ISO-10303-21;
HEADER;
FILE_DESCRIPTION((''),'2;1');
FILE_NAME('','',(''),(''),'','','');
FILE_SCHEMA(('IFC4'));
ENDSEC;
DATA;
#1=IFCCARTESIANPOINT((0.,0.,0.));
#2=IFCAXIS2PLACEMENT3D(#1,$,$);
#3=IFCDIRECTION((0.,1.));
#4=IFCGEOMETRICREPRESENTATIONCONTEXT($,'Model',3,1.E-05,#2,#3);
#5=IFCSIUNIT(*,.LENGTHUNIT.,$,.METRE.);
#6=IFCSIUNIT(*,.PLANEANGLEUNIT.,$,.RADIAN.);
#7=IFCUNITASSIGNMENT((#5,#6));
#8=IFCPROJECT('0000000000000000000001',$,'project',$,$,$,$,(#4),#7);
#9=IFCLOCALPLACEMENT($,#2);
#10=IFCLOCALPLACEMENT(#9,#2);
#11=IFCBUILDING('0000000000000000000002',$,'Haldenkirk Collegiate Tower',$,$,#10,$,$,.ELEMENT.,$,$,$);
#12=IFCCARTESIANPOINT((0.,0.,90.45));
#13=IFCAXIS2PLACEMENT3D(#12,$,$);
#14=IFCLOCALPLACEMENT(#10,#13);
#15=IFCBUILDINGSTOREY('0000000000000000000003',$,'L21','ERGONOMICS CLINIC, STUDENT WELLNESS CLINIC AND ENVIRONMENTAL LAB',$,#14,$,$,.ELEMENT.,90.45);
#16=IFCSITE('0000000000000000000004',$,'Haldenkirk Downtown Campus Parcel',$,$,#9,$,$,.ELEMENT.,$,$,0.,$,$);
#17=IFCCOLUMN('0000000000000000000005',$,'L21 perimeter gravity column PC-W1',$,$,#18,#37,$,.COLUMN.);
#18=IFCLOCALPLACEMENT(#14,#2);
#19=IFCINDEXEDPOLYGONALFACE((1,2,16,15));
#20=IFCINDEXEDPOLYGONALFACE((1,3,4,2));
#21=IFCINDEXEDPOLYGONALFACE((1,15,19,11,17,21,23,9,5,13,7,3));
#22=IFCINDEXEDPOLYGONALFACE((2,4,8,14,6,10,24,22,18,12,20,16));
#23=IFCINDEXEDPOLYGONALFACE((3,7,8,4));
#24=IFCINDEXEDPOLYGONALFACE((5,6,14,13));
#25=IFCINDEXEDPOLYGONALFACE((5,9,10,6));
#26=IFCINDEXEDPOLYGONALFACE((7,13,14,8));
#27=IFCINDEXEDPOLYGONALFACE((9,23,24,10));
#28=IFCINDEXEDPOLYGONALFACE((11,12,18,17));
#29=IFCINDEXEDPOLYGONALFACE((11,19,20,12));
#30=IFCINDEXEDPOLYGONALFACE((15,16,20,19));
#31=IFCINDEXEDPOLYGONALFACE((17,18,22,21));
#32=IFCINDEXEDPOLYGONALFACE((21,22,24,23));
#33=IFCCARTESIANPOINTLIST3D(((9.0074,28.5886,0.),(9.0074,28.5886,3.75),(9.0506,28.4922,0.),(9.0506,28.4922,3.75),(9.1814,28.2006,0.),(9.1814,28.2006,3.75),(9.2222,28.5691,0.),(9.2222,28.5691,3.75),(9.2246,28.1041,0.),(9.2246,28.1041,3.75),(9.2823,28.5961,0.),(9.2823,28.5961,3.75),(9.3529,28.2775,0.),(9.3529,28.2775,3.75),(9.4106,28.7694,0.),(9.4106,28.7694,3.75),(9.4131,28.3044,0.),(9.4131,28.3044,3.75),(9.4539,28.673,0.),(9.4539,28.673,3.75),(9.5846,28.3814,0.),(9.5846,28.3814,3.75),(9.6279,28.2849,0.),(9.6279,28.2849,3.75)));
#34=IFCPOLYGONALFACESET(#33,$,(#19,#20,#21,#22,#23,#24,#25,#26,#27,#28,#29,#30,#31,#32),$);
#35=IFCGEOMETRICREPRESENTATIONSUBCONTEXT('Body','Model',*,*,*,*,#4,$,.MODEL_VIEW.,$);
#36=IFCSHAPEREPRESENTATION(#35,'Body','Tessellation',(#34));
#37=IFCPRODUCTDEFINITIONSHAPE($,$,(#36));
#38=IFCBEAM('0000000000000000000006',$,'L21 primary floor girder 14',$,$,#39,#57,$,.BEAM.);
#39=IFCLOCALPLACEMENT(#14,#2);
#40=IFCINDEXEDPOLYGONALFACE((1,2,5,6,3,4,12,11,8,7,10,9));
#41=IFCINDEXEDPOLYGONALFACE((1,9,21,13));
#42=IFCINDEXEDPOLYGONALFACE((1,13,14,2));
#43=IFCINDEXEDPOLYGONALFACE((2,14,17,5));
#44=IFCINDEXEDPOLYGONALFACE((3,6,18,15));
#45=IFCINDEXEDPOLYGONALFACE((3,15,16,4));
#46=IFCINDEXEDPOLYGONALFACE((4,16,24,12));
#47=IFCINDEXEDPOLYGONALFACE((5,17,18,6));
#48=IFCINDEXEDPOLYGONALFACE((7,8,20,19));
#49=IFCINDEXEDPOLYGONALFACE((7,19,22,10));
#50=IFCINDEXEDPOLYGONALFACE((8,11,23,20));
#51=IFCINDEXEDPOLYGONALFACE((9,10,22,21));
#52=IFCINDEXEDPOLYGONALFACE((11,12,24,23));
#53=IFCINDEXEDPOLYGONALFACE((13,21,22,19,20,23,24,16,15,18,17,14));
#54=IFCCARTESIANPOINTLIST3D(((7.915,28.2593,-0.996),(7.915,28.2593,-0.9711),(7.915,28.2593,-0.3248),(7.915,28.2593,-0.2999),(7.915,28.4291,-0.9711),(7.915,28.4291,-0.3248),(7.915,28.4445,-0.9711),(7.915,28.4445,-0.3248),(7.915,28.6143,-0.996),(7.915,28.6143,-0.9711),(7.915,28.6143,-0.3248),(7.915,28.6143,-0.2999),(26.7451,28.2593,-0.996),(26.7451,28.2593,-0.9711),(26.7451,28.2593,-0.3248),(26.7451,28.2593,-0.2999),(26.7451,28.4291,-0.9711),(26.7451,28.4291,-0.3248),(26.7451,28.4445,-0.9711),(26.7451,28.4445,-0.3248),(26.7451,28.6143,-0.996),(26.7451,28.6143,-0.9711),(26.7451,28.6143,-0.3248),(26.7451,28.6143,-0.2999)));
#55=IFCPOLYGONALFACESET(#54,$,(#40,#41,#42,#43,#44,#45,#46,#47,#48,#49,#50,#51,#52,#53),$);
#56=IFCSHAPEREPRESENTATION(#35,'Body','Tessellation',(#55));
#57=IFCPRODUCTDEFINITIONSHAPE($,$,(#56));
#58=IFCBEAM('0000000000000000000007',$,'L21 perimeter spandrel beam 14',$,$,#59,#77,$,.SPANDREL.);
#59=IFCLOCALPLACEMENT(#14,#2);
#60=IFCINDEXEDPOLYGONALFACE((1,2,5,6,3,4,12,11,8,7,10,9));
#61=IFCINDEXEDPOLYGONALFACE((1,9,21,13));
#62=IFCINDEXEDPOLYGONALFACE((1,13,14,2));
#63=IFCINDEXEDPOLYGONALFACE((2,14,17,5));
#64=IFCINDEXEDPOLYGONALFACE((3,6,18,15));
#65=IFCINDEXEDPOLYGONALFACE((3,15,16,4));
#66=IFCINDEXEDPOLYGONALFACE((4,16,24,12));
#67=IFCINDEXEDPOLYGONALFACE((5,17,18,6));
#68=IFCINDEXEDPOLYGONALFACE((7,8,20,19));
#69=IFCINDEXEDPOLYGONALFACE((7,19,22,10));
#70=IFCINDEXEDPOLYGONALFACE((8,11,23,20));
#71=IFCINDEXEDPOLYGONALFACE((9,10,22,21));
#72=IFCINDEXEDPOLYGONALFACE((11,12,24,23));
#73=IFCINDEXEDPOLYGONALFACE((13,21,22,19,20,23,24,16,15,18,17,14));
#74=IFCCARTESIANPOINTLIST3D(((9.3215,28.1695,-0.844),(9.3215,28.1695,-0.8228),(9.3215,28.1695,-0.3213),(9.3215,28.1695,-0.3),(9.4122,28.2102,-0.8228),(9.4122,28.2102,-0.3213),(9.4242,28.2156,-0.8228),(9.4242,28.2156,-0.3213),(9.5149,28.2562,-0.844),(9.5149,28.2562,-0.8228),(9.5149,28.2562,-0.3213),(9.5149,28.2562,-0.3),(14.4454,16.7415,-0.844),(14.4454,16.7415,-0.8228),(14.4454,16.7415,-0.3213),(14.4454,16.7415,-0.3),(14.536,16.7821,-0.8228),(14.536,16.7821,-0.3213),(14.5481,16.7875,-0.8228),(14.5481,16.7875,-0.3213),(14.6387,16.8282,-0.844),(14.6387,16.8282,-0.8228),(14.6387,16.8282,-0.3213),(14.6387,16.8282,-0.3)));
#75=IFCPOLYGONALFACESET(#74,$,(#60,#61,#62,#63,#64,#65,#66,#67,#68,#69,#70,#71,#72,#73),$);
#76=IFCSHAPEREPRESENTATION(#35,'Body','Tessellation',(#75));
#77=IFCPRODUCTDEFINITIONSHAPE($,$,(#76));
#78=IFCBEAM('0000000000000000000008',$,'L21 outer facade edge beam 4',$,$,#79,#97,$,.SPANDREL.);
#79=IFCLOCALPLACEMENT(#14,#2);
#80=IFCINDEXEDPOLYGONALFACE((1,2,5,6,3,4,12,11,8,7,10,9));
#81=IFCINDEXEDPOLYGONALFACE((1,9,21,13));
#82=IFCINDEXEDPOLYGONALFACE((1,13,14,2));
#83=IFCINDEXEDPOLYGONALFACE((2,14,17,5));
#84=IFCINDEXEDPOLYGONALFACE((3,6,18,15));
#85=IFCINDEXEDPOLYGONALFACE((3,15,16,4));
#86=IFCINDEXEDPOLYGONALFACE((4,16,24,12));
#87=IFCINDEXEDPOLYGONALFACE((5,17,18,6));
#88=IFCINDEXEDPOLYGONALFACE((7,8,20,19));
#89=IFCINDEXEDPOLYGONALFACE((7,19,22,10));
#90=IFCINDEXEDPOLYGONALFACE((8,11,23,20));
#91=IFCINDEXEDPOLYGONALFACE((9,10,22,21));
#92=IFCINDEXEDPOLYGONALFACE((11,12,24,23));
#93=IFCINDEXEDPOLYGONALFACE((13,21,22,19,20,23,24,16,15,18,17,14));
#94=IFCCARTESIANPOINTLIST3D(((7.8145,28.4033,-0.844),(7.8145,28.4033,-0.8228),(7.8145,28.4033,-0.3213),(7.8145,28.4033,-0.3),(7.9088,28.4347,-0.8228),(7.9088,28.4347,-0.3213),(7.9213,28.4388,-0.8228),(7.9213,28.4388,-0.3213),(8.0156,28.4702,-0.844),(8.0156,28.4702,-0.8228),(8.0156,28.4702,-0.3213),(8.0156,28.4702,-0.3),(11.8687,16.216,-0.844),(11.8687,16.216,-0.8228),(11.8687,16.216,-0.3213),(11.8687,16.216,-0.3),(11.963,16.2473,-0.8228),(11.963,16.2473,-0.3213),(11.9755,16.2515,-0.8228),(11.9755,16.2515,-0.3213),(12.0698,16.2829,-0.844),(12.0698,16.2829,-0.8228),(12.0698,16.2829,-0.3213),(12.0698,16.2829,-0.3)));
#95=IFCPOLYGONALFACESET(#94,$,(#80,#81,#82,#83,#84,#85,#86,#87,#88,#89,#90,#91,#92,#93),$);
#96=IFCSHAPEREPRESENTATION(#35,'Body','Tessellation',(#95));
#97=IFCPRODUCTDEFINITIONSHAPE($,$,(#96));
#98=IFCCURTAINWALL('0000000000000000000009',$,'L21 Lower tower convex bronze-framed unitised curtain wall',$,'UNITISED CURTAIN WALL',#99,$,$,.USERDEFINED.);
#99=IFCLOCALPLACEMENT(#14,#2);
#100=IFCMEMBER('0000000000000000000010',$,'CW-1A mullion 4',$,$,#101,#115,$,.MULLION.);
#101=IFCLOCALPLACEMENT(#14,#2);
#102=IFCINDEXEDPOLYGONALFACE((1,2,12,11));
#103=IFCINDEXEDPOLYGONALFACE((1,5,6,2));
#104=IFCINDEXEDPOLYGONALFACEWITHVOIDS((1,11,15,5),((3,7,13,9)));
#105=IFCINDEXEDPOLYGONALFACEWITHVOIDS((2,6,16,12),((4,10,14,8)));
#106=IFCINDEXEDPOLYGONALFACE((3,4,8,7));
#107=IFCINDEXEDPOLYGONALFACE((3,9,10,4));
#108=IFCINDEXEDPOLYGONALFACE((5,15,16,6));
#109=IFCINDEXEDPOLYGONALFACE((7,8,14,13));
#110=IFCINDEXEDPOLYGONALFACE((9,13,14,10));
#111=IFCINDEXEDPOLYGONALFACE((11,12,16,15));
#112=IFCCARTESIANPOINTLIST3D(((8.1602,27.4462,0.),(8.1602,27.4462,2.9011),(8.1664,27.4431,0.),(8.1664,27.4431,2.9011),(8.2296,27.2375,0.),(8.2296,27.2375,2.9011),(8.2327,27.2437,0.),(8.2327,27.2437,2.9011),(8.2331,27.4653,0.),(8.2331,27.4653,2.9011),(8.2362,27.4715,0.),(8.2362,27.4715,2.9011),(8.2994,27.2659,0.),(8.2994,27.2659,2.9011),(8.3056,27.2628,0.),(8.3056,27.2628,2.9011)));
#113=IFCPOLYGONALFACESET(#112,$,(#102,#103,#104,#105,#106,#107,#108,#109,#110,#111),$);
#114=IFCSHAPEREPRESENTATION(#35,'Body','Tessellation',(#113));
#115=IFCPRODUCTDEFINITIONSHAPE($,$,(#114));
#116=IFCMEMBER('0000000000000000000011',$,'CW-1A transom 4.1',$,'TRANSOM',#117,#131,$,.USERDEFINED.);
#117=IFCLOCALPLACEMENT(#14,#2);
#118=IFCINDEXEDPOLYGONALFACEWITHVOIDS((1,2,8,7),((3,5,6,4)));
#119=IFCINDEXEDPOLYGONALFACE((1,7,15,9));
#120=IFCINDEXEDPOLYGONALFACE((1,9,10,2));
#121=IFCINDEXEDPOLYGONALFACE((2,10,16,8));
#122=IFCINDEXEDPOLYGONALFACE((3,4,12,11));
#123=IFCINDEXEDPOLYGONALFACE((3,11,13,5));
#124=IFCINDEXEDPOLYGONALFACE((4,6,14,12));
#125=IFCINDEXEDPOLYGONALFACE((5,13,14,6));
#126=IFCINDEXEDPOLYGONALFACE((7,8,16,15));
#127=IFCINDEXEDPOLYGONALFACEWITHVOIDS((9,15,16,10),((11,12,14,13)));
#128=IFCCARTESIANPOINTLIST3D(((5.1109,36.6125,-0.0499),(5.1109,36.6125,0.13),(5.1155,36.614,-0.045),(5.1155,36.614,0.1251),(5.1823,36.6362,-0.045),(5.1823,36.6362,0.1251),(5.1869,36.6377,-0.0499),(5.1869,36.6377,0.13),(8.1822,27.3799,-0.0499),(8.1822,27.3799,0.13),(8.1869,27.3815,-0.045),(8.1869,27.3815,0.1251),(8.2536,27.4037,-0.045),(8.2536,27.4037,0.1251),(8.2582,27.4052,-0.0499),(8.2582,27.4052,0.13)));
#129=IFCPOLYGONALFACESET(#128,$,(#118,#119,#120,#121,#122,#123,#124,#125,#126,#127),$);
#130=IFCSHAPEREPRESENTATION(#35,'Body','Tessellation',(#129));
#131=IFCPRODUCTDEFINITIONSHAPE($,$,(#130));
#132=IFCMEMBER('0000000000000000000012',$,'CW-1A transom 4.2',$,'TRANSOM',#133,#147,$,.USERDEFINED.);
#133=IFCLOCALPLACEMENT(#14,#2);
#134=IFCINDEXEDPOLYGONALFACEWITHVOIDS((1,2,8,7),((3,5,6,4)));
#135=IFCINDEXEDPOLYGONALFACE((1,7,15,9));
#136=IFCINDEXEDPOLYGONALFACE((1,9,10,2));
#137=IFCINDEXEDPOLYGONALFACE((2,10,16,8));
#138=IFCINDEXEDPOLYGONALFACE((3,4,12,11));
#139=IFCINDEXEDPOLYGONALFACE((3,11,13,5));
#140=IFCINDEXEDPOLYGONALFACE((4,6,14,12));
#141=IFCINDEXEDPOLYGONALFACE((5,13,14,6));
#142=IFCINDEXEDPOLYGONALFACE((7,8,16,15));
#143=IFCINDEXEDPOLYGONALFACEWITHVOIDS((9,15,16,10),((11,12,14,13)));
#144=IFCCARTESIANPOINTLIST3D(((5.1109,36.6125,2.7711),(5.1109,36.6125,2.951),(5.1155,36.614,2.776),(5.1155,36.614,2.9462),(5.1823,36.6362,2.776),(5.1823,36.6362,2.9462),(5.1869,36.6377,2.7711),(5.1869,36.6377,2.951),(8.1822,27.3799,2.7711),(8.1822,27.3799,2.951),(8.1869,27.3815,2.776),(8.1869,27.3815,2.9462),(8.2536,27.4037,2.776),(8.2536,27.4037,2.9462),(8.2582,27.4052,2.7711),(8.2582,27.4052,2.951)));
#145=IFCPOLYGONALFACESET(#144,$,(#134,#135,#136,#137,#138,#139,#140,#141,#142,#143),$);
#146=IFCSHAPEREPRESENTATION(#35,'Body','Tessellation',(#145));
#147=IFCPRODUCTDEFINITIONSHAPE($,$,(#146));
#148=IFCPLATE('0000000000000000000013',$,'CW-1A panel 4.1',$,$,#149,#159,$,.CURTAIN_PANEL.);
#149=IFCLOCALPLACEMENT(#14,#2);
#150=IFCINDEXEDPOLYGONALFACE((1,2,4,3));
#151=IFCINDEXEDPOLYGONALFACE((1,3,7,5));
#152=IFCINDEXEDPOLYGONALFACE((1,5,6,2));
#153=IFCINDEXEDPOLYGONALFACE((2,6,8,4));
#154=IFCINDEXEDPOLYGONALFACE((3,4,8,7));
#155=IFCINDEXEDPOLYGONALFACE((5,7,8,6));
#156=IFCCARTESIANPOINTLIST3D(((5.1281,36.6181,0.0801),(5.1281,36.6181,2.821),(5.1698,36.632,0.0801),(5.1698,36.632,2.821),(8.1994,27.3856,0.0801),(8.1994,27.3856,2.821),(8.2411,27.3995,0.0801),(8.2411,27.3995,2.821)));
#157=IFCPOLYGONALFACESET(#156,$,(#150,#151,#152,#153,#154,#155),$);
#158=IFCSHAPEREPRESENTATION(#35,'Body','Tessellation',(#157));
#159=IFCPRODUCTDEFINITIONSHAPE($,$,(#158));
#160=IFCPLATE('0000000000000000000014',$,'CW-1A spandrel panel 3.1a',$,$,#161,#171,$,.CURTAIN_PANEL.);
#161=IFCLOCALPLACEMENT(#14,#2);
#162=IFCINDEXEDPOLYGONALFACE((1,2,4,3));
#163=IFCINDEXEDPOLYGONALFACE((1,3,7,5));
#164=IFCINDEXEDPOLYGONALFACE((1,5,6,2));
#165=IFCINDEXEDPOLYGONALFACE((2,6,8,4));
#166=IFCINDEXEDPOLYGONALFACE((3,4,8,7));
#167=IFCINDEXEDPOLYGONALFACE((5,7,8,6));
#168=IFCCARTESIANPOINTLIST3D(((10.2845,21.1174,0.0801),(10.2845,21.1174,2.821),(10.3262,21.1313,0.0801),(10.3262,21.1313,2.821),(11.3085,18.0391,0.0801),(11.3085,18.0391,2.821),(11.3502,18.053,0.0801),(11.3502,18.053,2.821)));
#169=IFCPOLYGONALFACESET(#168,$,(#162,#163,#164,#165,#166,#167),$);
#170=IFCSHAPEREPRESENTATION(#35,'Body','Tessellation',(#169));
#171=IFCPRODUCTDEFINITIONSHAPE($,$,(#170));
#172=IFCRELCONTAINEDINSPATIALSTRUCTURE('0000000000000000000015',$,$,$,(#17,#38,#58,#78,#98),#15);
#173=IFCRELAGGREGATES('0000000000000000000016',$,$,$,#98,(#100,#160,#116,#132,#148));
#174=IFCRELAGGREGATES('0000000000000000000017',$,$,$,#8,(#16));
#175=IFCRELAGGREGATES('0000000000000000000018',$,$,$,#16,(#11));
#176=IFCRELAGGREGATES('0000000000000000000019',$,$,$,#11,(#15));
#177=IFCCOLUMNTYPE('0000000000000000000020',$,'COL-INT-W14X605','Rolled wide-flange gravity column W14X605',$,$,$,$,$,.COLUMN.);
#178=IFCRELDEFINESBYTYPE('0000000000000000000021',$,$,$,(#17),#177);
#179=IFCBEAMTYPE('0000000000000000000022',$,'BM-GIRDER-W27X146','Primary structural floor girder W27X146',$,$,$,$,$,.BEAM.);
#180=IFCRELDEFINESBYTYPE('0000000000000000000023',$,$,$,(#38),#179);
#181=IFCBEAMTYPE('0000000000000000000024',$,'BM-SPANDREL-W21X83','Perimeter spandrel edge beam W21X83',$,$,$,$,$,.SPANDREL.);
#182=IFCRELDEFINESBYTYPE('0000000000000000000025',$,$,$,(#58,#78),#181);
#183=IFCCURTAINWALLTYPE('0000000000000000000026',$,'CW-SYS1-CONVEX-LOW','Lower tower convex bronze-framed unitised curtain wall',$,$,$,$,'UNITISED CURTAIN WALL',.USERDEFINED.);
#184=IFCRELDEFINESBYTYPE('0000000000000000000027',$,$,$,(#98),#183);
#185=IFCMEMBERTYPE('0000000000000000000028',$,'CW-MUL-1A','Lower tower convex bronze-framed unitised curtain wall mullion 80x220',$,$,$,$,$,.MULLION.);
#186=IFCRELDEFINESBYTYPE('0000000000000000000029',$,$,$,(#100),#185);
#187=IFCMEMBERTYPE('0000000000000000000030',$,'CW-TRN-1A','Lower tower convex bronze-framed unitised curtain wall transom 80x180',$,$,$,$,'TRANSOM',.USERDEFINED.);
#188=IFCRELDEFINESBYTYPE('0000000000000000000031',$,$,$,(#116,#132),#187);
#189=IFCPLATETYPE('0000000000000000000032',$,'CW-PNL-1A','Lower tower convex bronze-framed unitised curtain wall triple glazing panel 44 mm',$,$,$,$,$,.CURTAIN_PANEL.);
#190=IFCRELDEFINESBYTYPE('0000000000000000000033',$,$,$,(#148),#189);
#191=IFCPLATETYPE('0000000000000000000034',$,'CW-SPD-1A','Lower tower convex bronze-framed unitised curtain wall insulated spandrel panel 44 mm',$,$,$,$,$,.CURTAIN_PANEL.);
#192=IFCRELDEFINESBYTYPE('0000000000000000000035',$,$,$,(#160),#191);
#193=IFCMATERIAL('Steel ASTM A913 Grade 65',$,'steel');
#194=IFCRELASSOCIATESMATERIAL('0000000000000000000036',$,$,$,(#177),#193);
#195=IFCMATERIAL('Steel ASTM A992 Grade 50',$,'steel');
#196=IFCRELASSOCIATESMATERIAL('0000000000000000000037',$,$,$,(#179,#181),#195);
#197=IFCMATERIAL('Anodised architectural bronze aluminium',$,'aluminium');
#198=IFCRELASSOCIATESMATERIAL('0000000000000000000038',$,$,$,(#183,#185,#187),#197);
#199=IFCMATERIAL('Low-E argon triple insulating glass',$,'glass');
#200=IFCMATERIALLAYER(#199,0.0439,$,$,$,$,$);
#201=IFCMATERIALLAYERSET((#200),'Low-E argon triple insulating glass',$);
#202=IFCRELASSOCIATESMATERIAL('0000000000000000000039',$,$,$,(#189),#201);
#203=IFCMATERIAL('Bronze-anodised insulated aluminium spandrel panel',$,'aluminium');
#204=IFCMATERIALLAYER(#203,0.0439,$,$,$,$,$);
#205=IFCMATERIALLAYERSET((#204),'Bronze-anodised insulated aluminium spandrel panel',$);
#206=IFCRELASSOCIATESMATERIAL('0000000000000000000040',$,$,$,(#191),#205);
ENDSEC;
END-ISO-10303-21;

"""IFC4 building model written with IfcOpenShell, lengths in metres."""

from ifc_helpers import new_model, si_unit, direction, frame, origin, origin_2d, place, context, subcontext, project, spatial, rectangle, hollow_rectangle, i_section, extrude, source, transform, mapped, material, layer, layer_set, material_profile, profile_set, type_object, element, aggregate, save


model = new_model("IFC4")

# Units and contexts
model_context = context("Model", 3, precision=1e-05, world=origin(), true_north=direction((0.0, 1.0)))
body_context = subcontext(model_context, "Body", "Model", "MODEL_VIEW")
ifc_project = project(units=[si_unit("LENGTHUNIT", "METRE"), si_unit("PLANEANGLEUNIT", "RADIAN")], contexts=[model_context])

# Site, building, storey
site_placement = place(None, origin())
site = spatial("IfcSite", under=ifc_project, at=site_placement, Name="Haldenkirk Downtown Campus Parcel", CompositionType="ELEMENT", RefElevation=0.0)
building_placement = place(site_placement, origin())
building = spatial("IfcBuilding", under=site, at=building_placement, Name="Haldenkirk Collegiate Tower", CompositionType="ELEMENT")
storey_placement = place(building_placement, frame((0.0, 0.0, 90.45)))
storey = spatial("IfcBuildingStorey", under=building, at=storey_placement, Name="L21", Description="ERGONOMICS CLINIC, STUDENT WELLNESS CLINIC AND ENVIRONMENTAL LAB", CompositionType="ELEMENT", Elevation=90.45)

# Column
ifc_material_1 = material(Name="Steel ASTM A913 Grade 65", Category="steel")
ifc_material_profile_1 = material_profile(ifc_material_1, i_section(OverallWidth=0.4419, OverallDepth=0.531, WebThickness=0.0659, FlangeThickness=0.1057, at=origin_2d()), Name="W14X605")
ifc_profile_set_1 = profile_set([ifc_material_profile_1], Name="Steel ASTM A913 Grade 65")
column_type = type_object("IfcColumnType", Name="COL-INT-W14X605", Description="Rolled wide-flange gravity column W14X605", PredefinedType="COLUMN", material=ifc_profile_set_1)
column_placement = place(storey_placement, frame((9.3176, 28.4368, 0.0), z_axis=(0.0, 0.0, 1.0), x_axis=(0.912477, 0.409127, 0.0)))
element("IfcColumn", 1, at=column_placement, inside=storey, type_object=column_type, Name="L21 perimeter gravity column PC-W1", PredefinedType="COLUMN", context=body_context, shape_type="SweptSolid", body=[
    extrude(i_section(OverallWidth=0.4419, OverallDepth=0.531, WebThickness=0.0659, FlangeThickness=0.1057, at=origin_2d()), origin(), (0.0, 0.0, 1.0), 3.75),
])

# Beams
ifc_material_2 = material(Name="Steel ASTM A992 Grade 50", Category="steel")
ifc_material_profile_2 = material_profile(ifc_material_2, i_section(OverallWidth=0.355, OverallDepth=0.696, WebThickness=0.0154, FlangeThickness=0.0249, at=origin_2d()), Name="W27X146")
ifc_profile_set_2 = profile_set([ifc_material_profile_2], Name="Steel ASTM A992 Grade 50")
beam_type_1 = type_object("IfcBeamType", Name="BM-GIRDER-W27X146", Description="Primary structural floor girder W27X146", PredefinedType="BEAM", material=ifc_profile_set_2)
beam_1_placement = place(storey_placement, frame((7.915, 28.4368, -0.6479), z_axis=(1.0, 0.0, 0.0), x_axis=(0.0, 1.0, 0.0)))
element("IfcBeam", 2, at=beam_1_placement, inside=storey, type_object=beam_type_1, Name="L21 primary floor girder 14", PredefinedType="BEAM", context=body_context, shape_type="SweptSolid", body=[
    extrude(i_section(OverallWidth=0.355, OverallDepth=0.696, WebThickness=0.0154, FlangeThickness=0.0249, at=origin_2d()), origin(), (0.0, 0.0, 1.0), 18.8301),
])
ifc_material_profile_3 = material_profile(ifc_material_2, i_section(OverallWidth=0.2119, OverallDepth=0.5439, WebThickness=0.0132, FlangeThickness=0.0212, at=origin_2d()), Name="W21X83")
ifc_profile_set_3 = profile_set([ifc_material_profile_3], Name="Steel ASTM A992 Grade 50")
beam_type_2 = type_object("IfcBeamType", Name="BM-SPANDREL-W21X83", Description="Perimeter spandrel edge beam W21X83", PredefinedType="SPANDREL", material=ifc_profile_set_3)
beam_2_placement = place(storey_placement, frame((9.4182, 28.2129, -0.572), z_axis=(0.409115, -0.912483, 0.0), x_axis=(0.912483, 0.409115, 0.0)))
element("IfcBeam", 3, at=beam_2_placement, inside=storey, type_object=beam_type_2, Name="L21 perimeter spandrel beam 14", PredefinedType="SPANDREL", context=body_context, shape_type="SweptSolid", body=[
    extrude(i_section(OverallWidth=0.2119, OverallDepth=0.5439, WebThickness=0.0132, FlangeThickness=0.0212, at=origin_2d()), origin(), (0.0, 0.0, 1.0), 12.5242),
])
beam_3_placement = place(storey_placement, frame((7.915, 28.4368, -0.572), z_axis=(0.315652, -0.948875, 0.0), x_axis=(0.948875, 0.315652, 0.0)))
element("IfcBeam", 4, at=beam_3_placement, inside=storey, type_object=beam_type_2, Name="L21 outer facade edge beam 4", PredefinedType="SPANDREL", context=body_context, shape_type="SweptSolid", body=[
    extrude(i_section(OverallWidth=0.2119, OverallDepth=0.5439, WebThickness=0.0132, FlangeThickness=0.0212, at=origin_2d()), origin(), (0.0, 0.0, 1.0), 12.844),
])

# Curtain wall, members, plates
ifc_material_3 = material(Name="Anodised architectural bronze aluminium", Category="aluminium")
curtain_wall_type = type_object("IfcCurtainWallType", Name="CW-SYS1-CONVEX-LOW", Description="Lower tower convex bronze-framed unitised curtain wall", ElementType="UNITISED CURTAIN WALL", PredefinedType="USERDEFINED", material=ifc_material_3)
curtain_wall_placement = place(storey_placement, origin())
curtain_wall = element("IfcCurtainWall", 5, at=curtain_wall_placement, inside=storey, type_object=curtain_wall_type, Name="L21 Lower tower convex bronze-framed unitised curtain wall", ObjectType="UNITISED CURTAIN WALL", PredefinedType="USERDEFINED")
ifc_material_profile_4 = material_profile(ifc_material_3, hollow_rectangle(XDim=0.0801, YDim=0.22, WallThickness=0.0049, at=origin_2d()), Name="CW-MUL-1A")
ifc_profile_set_4 = profile_set([ifc_material_profile_4], Name="Anodised architectural bronze aluminium")
member_type_1 = type_object("IfcMemberType", Name="CW-MUL-1A", Description="Lower tower convex bronze-framed unitised curtain wall mullion 80x220", PredefinedType="MULLION", material=ifc_profile_set_4)
member_1_placement = place(storey_placement, frame((8.2329, 27.3545, 0.0), z_axis=(0.0, 0.0, 1.0), x_axis=(-0.948876, -0.31565, 0.0)))
member_1 = element("IfcMember", 6, at=member_1_placement, type_object=member_type_1, Name="CW-1A mullion 4", PredefinedType="MULLION", context=body_context, shape_type="SweptSolid", body=[
    extrude(hollow_rectangle(XDim=0.0801, YDim=0.22, WallThickness=0.0049, at=origin_2d()), origin(), (0.0, 0.0, 1.0), 2.9011),
])
ifc_material_profile_5 = material_profile(ifc_material_3, hollow_rectangle(XDim=0.0801, YDim=0.1799, WallThickness=0.0049, at=origin_2d()), Name="CW-TRN-1A")
ifc_profile_set_5 = profile_set([ifc_material_profile_5], Name="Anodised architectural bronze aluminium")
member_type_2 = type_object("IfcMemberType", Name="CW-TRN-1A", Description="Lower tower convex bronze-framed unitised curtain wall transom 80x180", ElementType="TRANSOM", PredefinedType="USERDEFINED", material=ifc_profile_set_5)
member_2_placement = place(storey_placement, frame((8.2202, 27.3926, 0.04), z_axis=(-0.315656, 0.948874, 0.0), x_axis=(-0.948874, -0.315656, 0.0)))
member_2 = element("IfcMember", 7, at=member_2_placement, type_object=member_type_2, Name="CW-1A transom 4.1", ObjectType="TRANSOM", PredefinedType="USERDEFINED", context=body_context, shape_type="SweptSolid", body=[
    extrude(hollow_rectangle(XDim=0.0801, YDim=0.1799, WallThickness=0.0049, at=origin_2d()), origin(), (0.0, 0.0, 1.0), 9.73),
])
member_3_placement = place(storey_placement, frame((8.2202, 27.3926, 2.8611), z_axis=(-0.315656, 0.948874, 0.0), x_axis=(-0.948874, -0.315656, 0.0)))
member_3 = element("IfcMember", 8, at=member_3_placement, type_object=member_type_2, Name="CW-1A transom 4.2", ObjectType="TRANSOM", PredefinedType="USERDEFINED", context=body_context, shape_type="SweptSolid", body=[
    extrude(hollow_rectangle(XDim=0.0801, YDim=0.1799, WallThickness=0.0049, at=origin_2d()), origin(), (0.0, 0.0, 1.0), 9.73),
])
ifc_material_4 = material(Name="Low-E argon triple insulating glass", Category="glass")
ifc_layer_1 = layer(ifc_material_4, 0.0439)
ifc_layer_set_1 = layer_set([ifc_layer_1], Name="Low-E argon triple insulating glass")
plate_type_1 = type_object("IfcPlateType", Name="CW-PNL-1A", Description="Lower tower convex bronze-framed unitised curtain wall triple glazing panel 44 mm", PredefinedType="CURTAIN_PANEL", material=ifc_layer_set_1)
shared_shape_1 = source(origin(), body_context, "Body", "SweptSolid", [
    extrude(rectangle(XDim=9.73, YDim=0.0439, at=origin_2d()), origin(), (0.0, 0.0, 1.0), 2.741),
])
plate_1_placement = place(storey_placement, frame((6.6846, 32.0088, 0.0801), z_axis=(0.0, 0.0, 1.0), x_axis=(-0.31565, 0.948876, 0.0)))
plate_1 = element("IfcPlate", 9, at=plate_1_placement, type_object=plate_type_1, Name="CW-1A panel 4.1", PredefinedType="CURTAIN_PANEL", context=body_context, shape_type="MappedRepresentation", body=[
    mapped(shared_shape_1, transform((0.0, 0.0, 0.0), x_axis=(1.0, 0.0, 0.0), y_axis=(0.0, 1.0, 0.0), z_axis=(0.0, 0.0, 1.0), scale=1.0)),
])
ifc_material_5 = material(Name="Bronze-anodised insulated aluminium spandrel panel", Category="aluminium")
ifc_layer_2 = layer(ifc_material_5, 0.0439)
ifc_layer_set_2 = layer_set([ifc_layer_2], Name="Bronze-anodised insulated aluminium spandrel panel")
plate_type_2 = type_object("IfcPlateType", Name="CW-SPD-1A", Description="Lower tower convex bronze-framed unitised curtain wall insulated spandrel panel 44 mm", PredefinedType="CURTAIN_PANEL", material=ifc_layer_set_2)
shared_shape_2 = source(origin(), body_context, "Body", "SweptSolid", [
    extrude(rectangle(XDim=3.2441, YDim=0.0439, at=origin_2d()), origin(), (0.0, 0.0, 1.0), 2.741),
])
plate_2_placement = place(storey_placement, frame((10.8174, 19.5852, 0.0801), z_axis=(0.0, 0.0, 1.0), x_axis=(-0.31565, 0.948876, 0.0)))
plate_2 = element("IfcPlate", 10, at=plate_2_placement, type_object=plate_type_2, Name="CW-1A spandrel panel 3.1a", PredefinedType="CURTAIN_PANEL", context=body_context, shape_type="MappedRepresentation", body=[
    mapped(shared_shape_2, transform((0.0, 0.0, 0.0), x_axis=(1.0, 0.0, 0.0), y_axis=(0.0, 1.0, 0.0), z_axis=(0.0, 0.0, 1.0), scale=1.0)),
])
aggregate(curtain_wall, [member_1, plate_2, member_2, member_3, plate_1])

save(model, "model.ifc")
